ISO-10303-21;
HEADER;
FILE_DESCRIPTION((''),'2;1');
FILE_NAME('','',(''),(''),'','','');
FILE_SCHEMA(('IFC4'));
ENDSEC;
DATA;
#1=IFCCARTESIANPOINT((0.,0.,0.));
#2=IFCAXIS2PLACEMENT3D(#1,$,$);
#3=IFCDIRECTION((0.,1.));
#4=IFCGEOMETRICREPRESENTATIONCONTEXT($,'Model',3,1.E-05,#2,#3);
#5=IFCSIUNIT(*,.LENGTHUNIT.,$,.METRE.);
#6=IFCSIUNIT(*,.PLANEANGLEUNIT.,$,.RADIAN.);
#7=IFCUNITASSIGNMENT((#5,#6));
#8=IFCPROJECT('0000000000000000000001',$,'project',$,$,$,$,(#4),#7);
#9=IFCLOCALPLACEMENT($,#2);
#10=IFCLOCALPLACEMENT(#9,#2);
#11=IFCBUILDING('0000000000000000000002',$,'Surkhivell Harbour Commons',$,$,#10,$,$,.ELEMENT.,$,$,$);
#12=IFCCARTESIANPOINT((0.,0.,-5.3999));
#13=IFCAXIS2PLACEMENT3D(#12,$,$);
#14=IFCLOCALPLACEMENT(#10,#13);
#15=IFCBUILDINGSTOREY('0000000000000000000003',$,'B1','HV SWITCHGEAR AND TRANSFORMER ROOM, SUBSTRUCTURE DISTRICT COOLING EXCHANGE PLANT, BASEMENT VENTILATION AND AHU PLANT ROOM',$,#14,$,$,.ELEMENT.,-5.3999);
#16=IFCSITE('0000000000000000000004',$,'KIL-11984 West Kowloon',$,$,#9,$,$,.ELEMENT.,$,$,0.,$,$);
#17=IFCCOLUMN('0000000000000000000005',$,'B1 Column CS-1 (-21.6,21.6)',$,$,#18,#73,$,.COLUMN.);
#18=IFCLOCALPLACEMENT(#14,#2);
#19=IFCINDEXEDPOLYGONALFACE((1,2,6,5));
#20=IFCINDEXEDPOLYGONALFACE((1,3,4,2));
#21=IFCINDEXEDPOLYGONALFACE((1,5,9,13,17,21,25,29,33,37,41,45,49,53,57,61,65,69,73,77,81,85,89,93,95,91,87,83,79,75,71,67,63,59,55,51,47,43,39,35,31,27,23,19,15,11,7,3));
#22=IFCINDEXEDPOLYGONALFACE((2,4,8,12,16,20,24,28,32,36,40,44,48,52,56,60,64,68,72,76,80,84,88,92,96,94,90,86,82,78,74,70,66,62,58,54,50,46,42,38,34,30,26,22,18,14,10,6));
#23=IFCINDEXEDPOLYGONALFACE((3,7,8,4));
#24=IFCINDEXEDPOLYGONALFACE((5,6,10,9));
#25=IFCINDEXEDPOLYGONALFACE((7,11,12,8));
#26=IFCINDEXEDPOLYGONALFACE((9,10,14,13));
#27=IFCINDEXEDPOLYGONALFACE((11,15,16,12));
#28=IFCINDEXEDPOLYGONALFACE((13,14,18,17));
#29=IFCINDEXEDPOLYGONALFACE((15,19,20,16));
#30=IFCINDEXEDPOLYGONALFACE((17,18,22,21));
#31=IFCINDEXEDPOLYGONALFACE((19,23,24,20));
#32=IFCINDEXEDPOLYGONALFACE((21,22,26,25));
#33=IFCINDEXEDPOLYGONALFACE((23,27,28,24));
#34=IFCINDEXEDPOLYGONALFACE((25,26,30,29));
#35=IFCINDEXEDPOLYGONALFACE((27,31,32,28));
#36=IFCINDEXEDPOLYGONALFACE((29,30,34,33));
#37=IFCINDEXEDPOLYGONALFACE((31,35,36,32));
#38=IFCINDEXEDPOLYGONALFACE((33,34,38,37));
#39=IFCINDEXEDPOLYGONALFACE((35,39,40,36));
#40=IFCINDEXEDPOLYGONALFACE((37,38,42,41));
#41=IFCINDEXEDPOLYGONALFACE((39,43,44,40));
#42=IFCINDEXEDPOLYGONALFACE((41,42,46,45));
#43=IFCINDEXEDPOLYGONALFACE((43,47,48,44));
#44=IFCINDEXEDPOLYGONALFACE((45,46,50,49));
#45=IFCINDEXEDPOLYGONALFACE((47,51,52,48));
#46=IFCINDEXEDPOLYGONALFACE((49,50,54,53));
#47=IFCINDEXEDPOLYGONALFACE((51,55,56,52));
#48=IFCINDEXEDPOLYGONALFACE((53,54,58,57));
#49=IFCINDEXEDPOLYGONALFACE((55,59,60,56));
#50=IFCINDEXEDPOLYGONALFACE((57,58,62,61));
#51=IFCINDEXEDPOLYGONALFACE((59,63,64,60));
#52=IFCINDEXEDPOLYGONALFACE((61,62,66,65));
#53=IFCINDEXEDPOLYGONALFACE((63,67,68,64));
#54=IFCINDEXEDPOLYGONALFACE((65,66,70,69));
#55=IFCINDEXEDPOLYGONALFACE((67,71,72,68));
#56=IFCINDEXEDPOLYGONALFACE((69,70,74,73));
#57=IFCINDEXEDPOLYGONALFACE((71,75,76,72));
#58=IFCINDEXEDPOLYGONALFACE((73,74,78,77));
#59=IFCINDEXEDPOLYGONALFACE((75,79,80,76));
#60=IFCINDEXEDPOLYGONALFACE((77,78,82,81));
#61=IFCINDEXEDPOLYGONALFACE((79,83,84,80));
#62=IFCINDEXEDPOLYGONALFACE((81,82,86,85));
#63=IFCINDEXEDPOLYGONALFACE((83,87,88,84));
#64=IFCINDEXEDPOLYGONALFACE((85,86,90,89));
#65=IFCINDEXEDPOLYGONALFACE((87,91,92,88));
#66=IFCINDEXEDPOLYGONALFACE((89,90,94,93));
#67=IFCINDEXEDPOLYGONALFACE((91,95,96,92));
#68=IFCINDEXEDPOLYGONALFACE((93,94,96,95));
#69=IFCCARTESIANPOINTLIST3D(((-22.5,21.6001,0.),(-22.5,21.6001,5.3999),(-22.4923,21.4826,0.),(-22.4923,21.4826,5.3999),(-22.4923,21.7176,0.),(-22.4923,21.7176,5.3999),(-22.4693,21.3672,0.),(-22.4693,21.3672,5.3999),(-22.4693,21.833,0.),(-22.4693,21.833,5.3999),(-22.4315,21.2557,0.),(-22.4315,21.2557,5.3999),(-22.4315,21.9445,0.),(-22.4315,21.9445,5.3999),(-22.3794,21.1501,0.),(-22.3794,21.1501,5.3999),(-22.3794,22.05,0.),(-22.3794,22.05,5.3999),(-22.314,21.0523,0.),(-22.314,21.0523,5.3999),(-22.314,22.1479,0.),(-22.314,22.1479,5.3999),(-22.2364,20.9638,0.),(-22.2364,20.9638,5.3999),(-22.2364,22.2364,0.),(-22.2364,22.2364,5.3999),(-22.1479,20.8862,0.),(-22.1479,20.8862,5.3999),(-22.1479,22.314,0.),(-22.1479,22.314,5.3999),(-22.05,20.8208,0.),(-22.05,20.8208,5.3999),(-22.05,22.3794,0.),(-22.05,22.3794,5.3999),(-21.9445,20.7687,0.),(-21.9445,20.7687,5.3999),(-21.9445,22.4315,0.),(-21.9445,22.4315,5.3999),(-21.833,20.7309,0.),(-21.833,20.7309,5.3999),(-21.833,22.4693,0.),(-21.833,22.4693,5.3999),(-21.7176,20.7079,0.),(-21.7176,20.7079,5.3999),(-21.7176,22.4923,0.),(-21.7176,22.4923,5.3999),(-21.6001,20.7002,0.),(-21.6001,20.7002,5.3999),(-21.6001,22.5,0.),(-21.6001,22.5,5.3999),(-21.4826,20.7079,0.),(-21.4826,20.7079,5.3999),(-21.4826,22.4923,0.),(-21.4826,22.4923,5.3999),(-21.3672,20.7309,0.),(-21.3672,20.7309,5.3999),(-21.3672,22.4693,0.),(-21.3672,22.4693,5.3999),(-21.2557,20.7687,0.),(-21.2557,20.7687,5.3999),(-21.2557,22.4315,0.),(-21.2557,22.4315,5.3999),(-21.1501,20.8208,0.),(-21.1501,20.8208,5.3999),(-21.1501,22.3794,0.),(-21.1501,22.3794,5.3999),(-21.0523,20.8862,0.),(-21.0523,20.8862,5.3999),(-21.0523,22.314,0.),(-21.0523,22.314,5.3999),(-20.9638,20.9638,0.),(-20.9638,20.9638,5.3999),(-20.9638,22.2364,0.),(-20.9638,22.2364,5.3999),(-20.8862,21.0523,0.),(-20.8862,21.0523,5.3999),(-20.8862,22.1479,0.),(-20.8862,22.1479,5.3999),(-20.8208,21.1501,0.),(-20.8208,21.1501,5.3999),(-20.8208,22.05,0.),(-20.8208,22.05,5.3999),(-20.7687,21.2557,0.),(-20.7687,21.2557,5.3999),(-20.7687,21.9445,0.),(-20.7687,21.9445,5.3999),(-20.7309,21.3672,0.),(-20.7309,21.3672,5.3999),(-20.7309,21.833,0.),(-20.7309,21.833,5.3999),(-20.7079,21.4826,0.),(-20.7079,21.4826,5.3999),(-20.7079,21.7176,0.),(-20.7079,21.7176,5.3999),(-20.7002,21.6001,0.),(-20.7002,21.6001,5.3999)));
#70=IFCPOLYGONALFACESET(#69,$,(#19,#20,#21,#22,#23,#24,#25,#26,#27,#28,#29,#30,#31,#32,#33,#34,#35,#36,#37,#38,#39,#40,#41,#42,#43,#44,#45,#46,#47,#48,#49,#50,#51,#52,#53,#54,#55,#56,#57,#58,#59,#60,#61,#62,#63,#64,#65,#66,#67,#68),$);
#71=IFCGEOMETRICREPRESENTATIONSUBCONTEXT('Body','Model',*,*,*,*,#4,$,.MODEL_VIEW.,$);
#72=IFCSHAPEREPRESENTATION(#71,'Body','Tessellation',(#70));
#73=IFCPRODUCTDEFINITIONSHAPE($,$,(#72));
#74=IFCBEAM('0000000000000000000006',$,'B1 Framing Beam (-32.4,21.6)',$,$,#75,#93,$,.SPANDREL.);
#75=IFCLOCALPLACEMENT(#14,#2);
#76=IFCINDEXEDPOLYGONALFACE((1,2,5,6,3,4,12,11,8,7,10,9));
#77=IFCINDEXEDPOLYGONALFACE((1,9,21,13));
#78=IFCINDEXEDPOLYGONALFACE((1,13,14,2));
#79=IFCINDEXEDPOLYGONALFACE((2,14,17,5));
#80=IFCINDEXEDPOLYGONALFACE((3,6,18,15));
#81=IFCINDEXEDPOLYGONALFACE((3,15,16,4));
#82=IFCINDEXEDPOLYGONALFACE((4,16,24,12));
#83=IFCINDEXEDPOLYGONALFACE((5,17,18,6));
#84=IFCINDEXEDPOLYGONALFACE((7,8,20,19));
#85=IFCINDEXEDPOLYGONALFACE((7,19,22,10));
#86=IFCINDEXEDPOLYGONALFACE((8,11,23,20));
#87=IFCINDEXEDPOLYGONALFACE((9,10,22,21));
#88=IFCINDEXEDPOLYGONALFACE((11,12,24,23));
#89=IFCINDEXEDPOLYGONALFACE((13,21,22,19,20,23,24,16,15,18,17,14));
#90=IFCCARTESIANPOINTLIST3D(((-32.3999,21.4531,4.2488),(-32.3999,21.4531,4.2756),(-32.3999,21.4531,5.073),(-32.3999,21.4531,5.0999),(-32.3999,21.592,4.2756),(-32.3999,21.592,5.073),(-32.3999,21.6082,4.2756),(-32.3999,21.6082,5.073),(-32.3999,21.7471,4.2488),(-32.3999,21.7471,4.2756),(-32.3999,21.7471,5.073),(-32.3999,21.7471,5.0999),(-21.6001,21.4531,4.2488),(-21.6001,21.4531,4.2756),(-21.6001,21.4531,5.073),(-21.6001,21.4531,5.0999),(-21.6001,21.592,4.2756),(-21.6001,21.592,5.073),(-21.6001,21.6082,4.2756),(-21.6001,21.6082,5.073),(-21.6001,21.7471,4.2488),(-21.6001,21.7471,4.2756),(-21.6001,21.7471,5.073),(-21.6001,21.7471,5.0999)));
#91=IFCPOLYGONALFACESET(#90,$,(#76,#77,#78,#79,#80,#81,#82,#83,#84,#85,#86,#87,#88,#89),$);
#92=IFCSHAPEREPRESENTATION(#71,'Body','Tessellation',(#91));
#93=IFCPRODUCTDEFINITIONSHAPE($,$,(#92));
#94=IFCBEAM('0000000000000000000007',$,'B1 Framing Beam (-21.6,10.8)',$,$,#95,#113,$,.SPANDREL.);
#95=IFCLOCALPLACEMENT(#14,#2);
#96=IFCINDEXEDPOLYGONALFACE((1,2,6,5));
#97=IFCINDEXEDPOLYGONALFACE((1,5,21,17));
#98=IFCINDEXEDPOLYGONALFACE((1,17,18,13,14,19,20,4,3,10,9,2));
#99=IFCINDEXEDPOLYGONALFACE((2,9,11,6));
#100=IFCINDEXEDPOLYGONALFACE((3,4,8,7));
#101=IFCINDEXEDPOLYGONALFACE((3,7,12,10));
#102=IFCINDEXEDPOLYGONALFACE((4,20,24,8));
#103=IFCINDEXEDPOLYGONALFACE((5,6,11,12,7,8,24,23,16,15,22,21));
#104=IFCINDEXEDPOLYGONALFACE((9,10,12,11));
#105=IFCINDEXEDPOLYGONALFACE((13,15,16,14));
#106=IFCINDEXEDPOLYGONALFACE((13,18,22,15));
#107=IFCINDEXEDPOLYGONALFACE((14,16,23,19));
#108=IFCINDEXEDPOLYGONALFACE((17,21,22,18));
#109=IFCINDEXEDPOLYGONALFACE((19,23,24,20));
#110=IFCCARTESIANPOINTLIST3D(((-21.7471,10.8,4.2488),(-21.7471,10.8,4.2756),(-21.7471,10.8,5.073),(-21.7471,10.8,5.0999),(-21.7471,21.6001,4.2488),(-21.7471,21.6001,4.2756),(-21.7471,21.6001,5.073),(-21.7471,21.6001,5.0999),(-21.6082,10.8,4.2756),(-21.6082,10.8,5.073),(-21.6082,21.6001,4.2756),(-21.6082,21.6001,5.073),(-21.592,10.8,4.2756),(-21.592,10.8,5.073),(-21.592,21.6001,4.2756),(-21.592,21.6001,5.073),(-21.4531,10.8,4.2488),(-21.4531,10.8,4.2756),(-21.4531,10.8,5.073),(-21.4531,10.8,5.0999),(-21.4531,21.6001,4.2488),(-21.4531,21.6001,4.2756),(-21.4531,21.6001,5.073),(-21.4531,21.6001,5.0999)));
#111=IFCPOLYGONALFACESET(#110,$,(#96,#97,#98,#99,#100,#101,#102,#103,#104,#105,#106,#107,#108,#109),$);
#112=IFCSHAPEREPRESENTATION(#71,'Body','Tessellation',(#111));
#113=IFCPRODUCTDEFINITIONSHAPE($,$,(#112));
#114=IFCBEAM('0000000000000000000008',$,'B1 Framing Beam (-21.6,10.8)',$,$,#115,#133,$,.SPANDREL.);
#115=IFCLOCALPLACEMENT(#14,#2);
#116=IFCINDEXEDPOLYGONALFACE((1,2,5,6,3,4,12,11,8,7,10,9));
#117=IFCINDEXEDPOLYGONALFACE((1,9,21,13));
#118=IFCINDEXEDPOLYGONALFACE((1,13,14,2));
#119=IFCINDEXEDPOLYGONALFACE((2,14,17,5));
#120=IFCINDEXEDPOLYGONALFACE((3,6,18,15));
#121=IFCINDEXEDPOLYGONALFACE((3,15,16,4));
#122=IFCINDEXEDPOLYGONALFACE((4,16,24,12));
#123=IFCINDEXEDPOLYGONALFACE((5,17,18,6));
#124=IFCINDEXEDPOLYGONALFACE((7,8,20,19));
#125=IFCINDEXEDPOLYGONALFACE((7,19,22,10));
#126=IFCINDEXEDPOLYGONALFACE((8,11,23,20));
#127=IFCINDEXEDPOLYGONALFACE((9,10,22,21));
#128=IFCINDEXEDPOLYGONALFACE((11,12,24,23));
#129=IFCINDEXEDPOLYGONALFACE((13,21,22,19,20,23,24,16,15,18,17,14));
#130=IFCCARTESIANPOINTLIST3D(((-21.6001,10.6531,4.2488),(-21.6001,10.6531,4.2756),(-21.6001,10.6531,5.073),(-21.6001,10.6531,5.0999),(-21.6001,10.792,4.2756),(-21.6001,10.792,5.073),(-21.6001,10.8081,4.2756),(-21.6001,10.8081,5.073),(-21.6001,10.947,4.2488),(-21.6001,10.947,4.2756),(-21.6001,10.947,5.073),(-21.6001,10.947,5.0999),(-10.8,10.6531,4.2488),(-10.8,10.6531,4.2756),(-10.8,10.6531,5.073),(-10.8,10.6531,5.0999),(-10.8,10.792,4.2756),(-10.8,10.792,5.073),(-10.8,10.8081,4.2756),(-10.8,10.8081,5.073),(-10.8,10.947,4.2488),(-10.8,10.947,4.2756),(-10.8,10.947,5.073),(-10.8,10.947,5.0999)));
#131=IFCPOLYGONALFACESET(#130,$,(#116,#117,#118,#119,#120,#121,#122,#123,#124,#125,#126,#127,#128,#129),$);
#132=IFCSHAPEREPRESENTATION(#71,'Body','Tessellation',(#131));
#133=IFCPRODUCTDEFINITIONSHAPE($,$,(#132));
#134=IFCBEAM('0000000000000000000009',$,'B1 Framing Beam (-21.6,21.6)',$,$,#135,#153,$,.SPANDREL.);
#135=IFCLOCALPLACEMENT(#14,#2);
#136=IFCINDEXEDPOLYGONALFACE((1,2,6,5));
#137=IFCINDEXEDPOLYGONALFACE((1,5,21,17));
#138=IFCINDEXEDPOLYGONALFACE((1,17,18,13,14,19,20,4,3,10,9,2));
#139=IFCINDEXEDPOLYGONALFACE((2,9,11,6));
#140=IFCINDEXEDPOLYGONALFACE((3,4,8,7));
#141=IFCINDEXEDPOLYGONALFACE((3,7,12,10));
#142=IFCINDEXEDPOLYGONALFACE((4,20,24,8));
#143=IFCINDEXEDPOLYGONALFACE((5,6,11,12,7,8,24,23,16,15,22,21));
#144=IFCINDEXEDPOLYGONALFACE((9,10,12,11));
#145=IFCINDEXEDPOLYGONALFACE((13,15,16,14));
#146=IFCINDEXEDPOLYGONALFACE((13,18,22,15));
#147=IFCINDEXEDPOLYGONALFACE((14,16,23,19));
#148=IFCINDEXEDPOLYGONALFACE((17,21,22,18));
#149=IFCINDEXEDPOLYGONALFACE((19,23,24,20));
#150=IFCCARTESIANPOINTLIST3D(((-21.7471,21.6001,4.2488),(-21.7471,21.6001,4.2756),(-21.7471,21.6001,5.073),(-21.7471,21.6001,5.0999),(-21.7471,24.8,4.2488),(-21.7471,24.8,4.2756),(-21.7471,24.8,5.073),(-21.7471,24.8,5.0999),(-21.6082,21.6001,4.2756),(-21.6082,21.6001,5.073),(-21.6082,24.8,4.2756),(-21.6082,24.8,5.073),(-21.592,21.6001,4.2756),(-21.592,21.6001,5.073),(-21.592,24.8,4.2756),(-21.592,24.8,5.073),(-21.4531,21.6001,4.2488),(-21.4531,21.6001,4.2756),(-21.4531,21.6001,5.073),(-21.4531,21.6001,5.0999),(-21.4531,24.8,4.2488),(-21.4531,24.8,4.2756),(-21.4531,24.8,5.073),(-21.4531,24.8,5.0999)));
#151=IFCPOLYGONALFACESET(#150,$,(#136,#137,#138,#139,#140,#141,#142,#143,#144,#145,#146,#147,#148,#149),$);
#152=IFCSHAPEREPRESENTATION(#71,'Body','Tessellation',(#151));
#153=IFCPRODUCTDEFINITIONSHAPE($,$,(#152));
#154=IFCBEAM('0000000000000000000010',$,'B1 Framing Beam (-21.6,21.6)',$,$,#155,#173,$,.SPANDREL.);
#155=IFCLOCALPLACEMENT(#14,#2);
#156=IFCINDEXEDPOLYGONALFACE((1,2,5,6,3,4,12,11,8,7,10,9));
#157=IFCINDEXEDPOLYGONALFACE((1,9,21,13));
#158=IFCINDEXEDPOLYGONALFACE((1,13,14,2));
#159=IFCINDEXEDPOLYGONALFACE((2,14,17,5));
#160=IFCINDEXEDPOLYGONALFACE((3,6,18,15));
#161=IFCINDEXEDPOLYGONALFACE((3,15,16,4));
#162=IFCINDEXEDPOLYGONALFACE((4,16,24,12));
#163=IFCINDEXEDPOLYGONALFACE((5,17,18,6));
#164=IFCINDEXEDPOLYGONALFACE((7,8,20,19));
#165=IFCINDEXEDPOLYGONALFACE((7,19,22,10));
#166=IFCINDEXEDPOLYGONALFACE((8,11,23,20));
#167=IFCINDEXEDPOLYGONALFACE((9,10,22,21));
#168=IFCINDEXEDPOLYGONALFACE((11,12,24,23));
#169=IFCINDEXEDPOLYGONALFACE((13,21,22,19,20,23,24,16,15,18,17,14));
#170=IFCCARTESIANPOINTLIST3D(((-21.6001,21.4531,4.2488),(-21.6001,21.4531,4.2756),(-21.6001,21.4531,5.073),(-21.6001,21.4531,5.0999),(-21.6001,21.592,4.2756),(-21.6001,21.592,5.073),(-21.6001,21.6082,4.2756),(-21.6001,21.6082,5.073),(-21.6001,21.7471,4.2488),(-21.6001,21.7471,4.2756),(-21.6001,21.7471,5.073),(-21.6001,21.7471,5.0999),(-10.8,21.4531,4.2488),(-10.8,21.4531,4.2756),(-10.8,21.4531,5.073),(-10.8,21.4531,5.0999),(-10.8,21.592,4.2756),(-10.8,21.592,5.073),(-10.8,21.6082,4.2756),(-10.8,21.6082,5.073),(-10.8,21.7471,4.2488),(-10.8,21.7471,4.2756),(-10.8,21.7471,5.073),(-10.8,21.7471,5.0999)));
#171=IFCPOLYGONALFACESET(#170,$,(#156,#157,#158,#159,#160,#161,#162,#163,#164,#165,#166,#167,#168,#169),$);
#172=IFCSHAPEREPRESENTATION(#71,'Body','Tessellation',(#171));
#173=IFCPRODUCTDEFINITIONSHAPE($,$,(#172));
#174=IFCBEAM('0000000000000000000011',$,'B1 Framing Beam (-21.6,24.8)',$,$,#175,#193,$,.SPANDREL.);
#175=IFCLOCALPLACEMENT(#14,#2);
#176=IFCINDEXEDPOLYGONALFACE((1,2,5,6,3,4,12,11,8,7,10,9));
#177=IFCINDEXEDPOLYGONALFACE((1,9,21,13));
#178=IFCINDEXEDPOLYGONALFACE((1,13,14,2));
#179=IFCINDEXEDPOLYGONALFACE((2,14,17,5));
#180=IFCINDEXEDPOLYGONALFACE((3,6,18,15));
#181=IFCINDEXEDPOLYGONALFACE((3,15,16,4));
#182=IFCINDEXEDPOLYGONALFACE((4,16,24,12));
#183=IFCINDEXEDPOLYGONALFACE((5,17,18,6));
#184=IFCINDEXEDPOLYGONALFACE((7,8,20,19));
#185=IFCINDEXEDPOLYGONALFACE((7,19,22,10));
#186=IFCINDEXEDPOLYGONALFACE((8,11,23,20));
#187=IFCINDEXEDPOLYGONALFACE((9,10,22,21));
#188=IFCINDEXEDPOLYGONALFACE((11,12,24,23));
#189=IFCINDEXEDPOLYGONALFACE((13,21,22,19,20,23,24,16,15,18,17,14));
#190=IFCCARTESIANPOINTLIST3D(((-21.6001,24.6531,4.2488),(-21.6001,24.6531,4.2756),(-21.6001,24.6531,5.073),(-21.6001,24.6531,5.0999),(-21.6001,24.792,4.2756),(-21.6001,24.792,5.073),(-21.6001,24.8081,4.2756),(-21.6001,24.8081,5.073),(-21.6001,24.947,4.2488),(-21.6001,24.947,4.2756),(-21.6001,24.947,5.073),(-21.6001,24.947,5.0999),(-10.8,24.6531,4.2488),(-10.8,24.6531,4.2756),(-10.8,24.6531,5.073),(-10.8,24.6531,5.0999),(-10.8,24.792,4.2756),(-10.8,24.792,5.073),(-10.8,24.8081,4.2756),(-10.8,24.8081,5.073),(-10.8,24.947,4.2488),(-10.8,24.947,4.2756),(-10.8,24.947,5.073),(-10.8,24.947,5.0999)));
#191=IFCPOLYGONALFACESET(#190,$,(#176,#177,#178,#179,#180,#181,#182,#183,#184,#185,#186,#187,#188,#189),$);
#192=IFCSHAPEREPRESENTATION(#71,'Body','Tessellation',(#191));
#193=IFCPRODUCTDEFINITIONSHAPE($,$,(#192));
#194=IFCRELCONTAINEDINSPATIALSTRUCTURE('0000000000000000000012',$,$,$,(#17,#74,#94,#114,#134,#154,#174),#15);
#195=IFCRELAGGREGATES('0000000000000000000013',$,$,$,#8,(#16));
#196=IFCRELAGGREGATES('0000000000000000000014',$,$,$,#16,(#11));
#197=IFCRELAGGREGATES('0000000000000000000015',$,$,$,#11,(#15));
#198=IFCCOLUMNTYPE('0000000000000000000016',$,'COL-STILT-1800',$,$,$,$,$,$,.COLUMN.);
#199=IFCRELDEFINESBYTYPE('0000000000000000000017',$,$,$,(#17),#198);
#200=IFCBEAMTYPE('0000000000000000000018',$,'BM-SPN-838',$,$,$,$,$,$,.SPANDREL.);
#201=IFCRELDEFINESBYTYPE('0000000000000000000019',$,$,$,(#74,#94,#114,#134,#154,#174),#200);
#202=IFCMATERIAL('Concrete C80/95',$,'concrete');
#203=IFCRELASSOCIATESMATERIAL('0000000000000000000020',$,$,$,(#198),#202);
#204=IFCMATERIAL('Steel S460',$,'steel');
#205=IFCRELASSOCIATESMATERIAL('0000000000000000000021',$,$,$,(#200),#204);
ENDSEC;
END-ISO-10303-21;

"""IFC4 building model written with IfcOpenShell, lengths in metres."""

from ifc_helpers import new_model, si_unit, direction, frame, origin, origin_2d, place, context, subcontext, project, spatial, circle, i_section, extrude, material, material_profile, profile_set, type_object, element, save


model = new_model("IFC4")

# Units and contexts
model_context = context("Model", 3, precision=1e-05, world=origin(), true_north=direction((0.0, 1.0)))
body_context = subcontext(model_context, "Body", "Model", "MODEL_VIEW")
ifc_project = project(units=[si_unit("LENGTHUNIT", "METRE"), si_unit("PLANEANGLEUNIT", "RADIAN")], contexts=[model_context])

# Site, building, storey
site_placement = place(None, origin())
site = spatial("IfcSite", under=ifc_project, at=site_placement, Name="KIL-11984 West Kowloon", CompositionType="ELEMENT", RefElevation=0.0)
building_placement = place(site_placement, origin())
building = spatial("IfcBuilding", under=site, at=building_placement, Name="Surkhivell Harbour Commons", CompositionType="ELEMENT")
storey_placement = place(building_placement, frame((0.0, 0.0, -5.3999)))
storey = spatial("IfcBuildingStorey", under=building, at=storey_placement, Name="B1", Description="HV SWITCHGEAR AND TRANSFORMER ROOM, SUBSTRUCTURE DISTRICT COOLING EXCHANGE PLANT, BASEMENT VENTILATION AND AHU PLANT ROOM", CompositionType="ELEMENT", Elevation=-5.3999)

# Column
ifc_material_1 = material(Name="Concrete C80/95", Category="concrete")
ifc_material_profile_1 = material_profile(ifc_material_1, circle(Radius=0.8999, at=origin_2d()), Name="RC-CIRC-1800")
ifc_profile_set_1 = profile_set([ifc_material_profile_1], Name="Concrete C80/95")
column_type_1 = type_object("IfcColumnType", Name="COL-STILT-1800", PredefinedType="COLUMN", material=ifc_profile_set_1)
for number, where, z_axis, x_axis, name in (
    (1, (-21.6001, 21.6001, 0.0), (0.0, 0.0, 1.0), (1.0, 0.0, 0.0), "B1 Column CS-1 (-21.6,21.6)"),
):
    element("IfcColumn", number, at=place(storey_placement, frame(where, z_axis=z_axis, x_axis=x_axis)), inside=storey, type_object=column_type_1, Name=name, PredefinedType="COLUMN", context=body_context, shape_type="SweptSolid", body=[
        extrude(circle(Radius=0.8999, at=origin_2d()), origin(), (0.0, 0.0, 1.0), 5.3999),
    ])

# Beams
ifc_material_2 = material(Name="Steel S460", Category="steel")
ifc_material_profile_2 = material_profile(ifc_material_2, i_section(OverallWidth=0.2939, OverallDepth=0.8511, WebThickness=0.0161, FlangeThickness=0.0269, at=origin_2d()), Name="UB838x292x226")
ifc_profile_set_2 = profile_set([ifc_material_profile_2], Name="Steel S460")
beam_type = type_object("IfcBeamType", Name="BM-SPN-838", PredefinedType="SPANDREL", material=ifc_profile_set_2)
beam_1_placement = place(storey_placement, frame((-32.3999, 21.6001, 4.6743), z_axis=(1.0, 0.0, 0.0), x_axis=(0.0, 1.0, 0.0)))
element("IfcBeam", 2, at=beam_1_placement, inside=storey, type_object=beam_type, Name="B1 Framing Beam (-32.4,21.6)", PredefinedType="SPANDREL", context=body_context, shape_type="SweptSolid", body=[
    extrude(i_section(OverallWidth=0.2939, OverallDepth=0.8511, WebThickness=0.0161, FlangeThickness=0.0269, at=origin_2d()), origin(), (0.0, 0.0, 1.0), 10.7998),
])
for number, where, z_axis, x_axis, name in (
    (3, (-21.6001, 10.8, 4.6743), (0.0, 1.0, 0.0), (-1.0, 0.0, 0.0), "B1 Framing Beam (-21.6,10.8)"),
    (4, (-21.6001, 10.8, 4.6743), (1.0, 0.0, 0.0), (0.0, 1.0, 0.0), "B1 Framing Beam (-21.6,10.8)"),
):
    element("IfcBeam", number, at=place(storey_placement, frame(where, z_axis=z_axis, x_axis=x_axis)), inside=storey, type_object=beam_type, Name=name, PredefinedType="SPANDREL", context=body_context, shape_type="SweptSolid", body=[
        extrude(i_section(OverallWidth=0.2939, OverallDepth=0.8511, WebThickness=0.0161, FlangeThickness=0.0269, at=origin_2d()), origin(), (0.0, 0.0, 1.0), 10.8),
    ])
beam_2_placement = place(storey_placement, frame((-21.6001, 21.6001, 4.6743), z_axis=(0.0, 1.0, 0.0), x_axis=(-1.0, 0.0, 0.0)))
element("IfcBeam", 5, at=beam_2_placement, inside=storey, type_object=beam_type, Name="B1 Framing Beam (-21.6,21.6)", PredefinedType="SPANDREL", context=body_context, shape_type="SweptSolid", body=[
    extrude(i_section(OverallWidth=0.2939, OverallDepth=0.8511, WebThickness=0.0161, FlangeThickness=0.0269, at=origin_2d()), origin(), (0.0, 0.0, 1.0), 3.2),
])
for number, where, z_axis, x_axis, name in (
    (6, (-21.6001, 21.6001, 4.6743), (1.0, 0.0, 0.0), (0.0, 1.0, 0.0), "B1 Framing Beam (-21.6,21.6)"),
    (7, (-21.6001, 24.8, 4.6743), (1.0, 0.0, 0.0), (0.0, 1.0, 0.0), "B1 Framing Beam (-21.6,24.8)"),
):
    element("IfcBeam", number, at=place(storey_placement, frame(where, z_axis=z_axis, x_axis=x_axis)), inside=storey, type_object=beam_type, Name=name, PredefinedType="SPANDREL", context=body_context, shape_type="SweptSolid", body=[
        extrude(i_section(OverallWidth=0.2939, OverallDepth=0.8511, WebThickness=0.0161, FlangeThickness=0.0269, at=origin_2d()), origin(), (0.0, 0.0, 1.0), 10.8),
    ])

save(model, "model.ifc")
